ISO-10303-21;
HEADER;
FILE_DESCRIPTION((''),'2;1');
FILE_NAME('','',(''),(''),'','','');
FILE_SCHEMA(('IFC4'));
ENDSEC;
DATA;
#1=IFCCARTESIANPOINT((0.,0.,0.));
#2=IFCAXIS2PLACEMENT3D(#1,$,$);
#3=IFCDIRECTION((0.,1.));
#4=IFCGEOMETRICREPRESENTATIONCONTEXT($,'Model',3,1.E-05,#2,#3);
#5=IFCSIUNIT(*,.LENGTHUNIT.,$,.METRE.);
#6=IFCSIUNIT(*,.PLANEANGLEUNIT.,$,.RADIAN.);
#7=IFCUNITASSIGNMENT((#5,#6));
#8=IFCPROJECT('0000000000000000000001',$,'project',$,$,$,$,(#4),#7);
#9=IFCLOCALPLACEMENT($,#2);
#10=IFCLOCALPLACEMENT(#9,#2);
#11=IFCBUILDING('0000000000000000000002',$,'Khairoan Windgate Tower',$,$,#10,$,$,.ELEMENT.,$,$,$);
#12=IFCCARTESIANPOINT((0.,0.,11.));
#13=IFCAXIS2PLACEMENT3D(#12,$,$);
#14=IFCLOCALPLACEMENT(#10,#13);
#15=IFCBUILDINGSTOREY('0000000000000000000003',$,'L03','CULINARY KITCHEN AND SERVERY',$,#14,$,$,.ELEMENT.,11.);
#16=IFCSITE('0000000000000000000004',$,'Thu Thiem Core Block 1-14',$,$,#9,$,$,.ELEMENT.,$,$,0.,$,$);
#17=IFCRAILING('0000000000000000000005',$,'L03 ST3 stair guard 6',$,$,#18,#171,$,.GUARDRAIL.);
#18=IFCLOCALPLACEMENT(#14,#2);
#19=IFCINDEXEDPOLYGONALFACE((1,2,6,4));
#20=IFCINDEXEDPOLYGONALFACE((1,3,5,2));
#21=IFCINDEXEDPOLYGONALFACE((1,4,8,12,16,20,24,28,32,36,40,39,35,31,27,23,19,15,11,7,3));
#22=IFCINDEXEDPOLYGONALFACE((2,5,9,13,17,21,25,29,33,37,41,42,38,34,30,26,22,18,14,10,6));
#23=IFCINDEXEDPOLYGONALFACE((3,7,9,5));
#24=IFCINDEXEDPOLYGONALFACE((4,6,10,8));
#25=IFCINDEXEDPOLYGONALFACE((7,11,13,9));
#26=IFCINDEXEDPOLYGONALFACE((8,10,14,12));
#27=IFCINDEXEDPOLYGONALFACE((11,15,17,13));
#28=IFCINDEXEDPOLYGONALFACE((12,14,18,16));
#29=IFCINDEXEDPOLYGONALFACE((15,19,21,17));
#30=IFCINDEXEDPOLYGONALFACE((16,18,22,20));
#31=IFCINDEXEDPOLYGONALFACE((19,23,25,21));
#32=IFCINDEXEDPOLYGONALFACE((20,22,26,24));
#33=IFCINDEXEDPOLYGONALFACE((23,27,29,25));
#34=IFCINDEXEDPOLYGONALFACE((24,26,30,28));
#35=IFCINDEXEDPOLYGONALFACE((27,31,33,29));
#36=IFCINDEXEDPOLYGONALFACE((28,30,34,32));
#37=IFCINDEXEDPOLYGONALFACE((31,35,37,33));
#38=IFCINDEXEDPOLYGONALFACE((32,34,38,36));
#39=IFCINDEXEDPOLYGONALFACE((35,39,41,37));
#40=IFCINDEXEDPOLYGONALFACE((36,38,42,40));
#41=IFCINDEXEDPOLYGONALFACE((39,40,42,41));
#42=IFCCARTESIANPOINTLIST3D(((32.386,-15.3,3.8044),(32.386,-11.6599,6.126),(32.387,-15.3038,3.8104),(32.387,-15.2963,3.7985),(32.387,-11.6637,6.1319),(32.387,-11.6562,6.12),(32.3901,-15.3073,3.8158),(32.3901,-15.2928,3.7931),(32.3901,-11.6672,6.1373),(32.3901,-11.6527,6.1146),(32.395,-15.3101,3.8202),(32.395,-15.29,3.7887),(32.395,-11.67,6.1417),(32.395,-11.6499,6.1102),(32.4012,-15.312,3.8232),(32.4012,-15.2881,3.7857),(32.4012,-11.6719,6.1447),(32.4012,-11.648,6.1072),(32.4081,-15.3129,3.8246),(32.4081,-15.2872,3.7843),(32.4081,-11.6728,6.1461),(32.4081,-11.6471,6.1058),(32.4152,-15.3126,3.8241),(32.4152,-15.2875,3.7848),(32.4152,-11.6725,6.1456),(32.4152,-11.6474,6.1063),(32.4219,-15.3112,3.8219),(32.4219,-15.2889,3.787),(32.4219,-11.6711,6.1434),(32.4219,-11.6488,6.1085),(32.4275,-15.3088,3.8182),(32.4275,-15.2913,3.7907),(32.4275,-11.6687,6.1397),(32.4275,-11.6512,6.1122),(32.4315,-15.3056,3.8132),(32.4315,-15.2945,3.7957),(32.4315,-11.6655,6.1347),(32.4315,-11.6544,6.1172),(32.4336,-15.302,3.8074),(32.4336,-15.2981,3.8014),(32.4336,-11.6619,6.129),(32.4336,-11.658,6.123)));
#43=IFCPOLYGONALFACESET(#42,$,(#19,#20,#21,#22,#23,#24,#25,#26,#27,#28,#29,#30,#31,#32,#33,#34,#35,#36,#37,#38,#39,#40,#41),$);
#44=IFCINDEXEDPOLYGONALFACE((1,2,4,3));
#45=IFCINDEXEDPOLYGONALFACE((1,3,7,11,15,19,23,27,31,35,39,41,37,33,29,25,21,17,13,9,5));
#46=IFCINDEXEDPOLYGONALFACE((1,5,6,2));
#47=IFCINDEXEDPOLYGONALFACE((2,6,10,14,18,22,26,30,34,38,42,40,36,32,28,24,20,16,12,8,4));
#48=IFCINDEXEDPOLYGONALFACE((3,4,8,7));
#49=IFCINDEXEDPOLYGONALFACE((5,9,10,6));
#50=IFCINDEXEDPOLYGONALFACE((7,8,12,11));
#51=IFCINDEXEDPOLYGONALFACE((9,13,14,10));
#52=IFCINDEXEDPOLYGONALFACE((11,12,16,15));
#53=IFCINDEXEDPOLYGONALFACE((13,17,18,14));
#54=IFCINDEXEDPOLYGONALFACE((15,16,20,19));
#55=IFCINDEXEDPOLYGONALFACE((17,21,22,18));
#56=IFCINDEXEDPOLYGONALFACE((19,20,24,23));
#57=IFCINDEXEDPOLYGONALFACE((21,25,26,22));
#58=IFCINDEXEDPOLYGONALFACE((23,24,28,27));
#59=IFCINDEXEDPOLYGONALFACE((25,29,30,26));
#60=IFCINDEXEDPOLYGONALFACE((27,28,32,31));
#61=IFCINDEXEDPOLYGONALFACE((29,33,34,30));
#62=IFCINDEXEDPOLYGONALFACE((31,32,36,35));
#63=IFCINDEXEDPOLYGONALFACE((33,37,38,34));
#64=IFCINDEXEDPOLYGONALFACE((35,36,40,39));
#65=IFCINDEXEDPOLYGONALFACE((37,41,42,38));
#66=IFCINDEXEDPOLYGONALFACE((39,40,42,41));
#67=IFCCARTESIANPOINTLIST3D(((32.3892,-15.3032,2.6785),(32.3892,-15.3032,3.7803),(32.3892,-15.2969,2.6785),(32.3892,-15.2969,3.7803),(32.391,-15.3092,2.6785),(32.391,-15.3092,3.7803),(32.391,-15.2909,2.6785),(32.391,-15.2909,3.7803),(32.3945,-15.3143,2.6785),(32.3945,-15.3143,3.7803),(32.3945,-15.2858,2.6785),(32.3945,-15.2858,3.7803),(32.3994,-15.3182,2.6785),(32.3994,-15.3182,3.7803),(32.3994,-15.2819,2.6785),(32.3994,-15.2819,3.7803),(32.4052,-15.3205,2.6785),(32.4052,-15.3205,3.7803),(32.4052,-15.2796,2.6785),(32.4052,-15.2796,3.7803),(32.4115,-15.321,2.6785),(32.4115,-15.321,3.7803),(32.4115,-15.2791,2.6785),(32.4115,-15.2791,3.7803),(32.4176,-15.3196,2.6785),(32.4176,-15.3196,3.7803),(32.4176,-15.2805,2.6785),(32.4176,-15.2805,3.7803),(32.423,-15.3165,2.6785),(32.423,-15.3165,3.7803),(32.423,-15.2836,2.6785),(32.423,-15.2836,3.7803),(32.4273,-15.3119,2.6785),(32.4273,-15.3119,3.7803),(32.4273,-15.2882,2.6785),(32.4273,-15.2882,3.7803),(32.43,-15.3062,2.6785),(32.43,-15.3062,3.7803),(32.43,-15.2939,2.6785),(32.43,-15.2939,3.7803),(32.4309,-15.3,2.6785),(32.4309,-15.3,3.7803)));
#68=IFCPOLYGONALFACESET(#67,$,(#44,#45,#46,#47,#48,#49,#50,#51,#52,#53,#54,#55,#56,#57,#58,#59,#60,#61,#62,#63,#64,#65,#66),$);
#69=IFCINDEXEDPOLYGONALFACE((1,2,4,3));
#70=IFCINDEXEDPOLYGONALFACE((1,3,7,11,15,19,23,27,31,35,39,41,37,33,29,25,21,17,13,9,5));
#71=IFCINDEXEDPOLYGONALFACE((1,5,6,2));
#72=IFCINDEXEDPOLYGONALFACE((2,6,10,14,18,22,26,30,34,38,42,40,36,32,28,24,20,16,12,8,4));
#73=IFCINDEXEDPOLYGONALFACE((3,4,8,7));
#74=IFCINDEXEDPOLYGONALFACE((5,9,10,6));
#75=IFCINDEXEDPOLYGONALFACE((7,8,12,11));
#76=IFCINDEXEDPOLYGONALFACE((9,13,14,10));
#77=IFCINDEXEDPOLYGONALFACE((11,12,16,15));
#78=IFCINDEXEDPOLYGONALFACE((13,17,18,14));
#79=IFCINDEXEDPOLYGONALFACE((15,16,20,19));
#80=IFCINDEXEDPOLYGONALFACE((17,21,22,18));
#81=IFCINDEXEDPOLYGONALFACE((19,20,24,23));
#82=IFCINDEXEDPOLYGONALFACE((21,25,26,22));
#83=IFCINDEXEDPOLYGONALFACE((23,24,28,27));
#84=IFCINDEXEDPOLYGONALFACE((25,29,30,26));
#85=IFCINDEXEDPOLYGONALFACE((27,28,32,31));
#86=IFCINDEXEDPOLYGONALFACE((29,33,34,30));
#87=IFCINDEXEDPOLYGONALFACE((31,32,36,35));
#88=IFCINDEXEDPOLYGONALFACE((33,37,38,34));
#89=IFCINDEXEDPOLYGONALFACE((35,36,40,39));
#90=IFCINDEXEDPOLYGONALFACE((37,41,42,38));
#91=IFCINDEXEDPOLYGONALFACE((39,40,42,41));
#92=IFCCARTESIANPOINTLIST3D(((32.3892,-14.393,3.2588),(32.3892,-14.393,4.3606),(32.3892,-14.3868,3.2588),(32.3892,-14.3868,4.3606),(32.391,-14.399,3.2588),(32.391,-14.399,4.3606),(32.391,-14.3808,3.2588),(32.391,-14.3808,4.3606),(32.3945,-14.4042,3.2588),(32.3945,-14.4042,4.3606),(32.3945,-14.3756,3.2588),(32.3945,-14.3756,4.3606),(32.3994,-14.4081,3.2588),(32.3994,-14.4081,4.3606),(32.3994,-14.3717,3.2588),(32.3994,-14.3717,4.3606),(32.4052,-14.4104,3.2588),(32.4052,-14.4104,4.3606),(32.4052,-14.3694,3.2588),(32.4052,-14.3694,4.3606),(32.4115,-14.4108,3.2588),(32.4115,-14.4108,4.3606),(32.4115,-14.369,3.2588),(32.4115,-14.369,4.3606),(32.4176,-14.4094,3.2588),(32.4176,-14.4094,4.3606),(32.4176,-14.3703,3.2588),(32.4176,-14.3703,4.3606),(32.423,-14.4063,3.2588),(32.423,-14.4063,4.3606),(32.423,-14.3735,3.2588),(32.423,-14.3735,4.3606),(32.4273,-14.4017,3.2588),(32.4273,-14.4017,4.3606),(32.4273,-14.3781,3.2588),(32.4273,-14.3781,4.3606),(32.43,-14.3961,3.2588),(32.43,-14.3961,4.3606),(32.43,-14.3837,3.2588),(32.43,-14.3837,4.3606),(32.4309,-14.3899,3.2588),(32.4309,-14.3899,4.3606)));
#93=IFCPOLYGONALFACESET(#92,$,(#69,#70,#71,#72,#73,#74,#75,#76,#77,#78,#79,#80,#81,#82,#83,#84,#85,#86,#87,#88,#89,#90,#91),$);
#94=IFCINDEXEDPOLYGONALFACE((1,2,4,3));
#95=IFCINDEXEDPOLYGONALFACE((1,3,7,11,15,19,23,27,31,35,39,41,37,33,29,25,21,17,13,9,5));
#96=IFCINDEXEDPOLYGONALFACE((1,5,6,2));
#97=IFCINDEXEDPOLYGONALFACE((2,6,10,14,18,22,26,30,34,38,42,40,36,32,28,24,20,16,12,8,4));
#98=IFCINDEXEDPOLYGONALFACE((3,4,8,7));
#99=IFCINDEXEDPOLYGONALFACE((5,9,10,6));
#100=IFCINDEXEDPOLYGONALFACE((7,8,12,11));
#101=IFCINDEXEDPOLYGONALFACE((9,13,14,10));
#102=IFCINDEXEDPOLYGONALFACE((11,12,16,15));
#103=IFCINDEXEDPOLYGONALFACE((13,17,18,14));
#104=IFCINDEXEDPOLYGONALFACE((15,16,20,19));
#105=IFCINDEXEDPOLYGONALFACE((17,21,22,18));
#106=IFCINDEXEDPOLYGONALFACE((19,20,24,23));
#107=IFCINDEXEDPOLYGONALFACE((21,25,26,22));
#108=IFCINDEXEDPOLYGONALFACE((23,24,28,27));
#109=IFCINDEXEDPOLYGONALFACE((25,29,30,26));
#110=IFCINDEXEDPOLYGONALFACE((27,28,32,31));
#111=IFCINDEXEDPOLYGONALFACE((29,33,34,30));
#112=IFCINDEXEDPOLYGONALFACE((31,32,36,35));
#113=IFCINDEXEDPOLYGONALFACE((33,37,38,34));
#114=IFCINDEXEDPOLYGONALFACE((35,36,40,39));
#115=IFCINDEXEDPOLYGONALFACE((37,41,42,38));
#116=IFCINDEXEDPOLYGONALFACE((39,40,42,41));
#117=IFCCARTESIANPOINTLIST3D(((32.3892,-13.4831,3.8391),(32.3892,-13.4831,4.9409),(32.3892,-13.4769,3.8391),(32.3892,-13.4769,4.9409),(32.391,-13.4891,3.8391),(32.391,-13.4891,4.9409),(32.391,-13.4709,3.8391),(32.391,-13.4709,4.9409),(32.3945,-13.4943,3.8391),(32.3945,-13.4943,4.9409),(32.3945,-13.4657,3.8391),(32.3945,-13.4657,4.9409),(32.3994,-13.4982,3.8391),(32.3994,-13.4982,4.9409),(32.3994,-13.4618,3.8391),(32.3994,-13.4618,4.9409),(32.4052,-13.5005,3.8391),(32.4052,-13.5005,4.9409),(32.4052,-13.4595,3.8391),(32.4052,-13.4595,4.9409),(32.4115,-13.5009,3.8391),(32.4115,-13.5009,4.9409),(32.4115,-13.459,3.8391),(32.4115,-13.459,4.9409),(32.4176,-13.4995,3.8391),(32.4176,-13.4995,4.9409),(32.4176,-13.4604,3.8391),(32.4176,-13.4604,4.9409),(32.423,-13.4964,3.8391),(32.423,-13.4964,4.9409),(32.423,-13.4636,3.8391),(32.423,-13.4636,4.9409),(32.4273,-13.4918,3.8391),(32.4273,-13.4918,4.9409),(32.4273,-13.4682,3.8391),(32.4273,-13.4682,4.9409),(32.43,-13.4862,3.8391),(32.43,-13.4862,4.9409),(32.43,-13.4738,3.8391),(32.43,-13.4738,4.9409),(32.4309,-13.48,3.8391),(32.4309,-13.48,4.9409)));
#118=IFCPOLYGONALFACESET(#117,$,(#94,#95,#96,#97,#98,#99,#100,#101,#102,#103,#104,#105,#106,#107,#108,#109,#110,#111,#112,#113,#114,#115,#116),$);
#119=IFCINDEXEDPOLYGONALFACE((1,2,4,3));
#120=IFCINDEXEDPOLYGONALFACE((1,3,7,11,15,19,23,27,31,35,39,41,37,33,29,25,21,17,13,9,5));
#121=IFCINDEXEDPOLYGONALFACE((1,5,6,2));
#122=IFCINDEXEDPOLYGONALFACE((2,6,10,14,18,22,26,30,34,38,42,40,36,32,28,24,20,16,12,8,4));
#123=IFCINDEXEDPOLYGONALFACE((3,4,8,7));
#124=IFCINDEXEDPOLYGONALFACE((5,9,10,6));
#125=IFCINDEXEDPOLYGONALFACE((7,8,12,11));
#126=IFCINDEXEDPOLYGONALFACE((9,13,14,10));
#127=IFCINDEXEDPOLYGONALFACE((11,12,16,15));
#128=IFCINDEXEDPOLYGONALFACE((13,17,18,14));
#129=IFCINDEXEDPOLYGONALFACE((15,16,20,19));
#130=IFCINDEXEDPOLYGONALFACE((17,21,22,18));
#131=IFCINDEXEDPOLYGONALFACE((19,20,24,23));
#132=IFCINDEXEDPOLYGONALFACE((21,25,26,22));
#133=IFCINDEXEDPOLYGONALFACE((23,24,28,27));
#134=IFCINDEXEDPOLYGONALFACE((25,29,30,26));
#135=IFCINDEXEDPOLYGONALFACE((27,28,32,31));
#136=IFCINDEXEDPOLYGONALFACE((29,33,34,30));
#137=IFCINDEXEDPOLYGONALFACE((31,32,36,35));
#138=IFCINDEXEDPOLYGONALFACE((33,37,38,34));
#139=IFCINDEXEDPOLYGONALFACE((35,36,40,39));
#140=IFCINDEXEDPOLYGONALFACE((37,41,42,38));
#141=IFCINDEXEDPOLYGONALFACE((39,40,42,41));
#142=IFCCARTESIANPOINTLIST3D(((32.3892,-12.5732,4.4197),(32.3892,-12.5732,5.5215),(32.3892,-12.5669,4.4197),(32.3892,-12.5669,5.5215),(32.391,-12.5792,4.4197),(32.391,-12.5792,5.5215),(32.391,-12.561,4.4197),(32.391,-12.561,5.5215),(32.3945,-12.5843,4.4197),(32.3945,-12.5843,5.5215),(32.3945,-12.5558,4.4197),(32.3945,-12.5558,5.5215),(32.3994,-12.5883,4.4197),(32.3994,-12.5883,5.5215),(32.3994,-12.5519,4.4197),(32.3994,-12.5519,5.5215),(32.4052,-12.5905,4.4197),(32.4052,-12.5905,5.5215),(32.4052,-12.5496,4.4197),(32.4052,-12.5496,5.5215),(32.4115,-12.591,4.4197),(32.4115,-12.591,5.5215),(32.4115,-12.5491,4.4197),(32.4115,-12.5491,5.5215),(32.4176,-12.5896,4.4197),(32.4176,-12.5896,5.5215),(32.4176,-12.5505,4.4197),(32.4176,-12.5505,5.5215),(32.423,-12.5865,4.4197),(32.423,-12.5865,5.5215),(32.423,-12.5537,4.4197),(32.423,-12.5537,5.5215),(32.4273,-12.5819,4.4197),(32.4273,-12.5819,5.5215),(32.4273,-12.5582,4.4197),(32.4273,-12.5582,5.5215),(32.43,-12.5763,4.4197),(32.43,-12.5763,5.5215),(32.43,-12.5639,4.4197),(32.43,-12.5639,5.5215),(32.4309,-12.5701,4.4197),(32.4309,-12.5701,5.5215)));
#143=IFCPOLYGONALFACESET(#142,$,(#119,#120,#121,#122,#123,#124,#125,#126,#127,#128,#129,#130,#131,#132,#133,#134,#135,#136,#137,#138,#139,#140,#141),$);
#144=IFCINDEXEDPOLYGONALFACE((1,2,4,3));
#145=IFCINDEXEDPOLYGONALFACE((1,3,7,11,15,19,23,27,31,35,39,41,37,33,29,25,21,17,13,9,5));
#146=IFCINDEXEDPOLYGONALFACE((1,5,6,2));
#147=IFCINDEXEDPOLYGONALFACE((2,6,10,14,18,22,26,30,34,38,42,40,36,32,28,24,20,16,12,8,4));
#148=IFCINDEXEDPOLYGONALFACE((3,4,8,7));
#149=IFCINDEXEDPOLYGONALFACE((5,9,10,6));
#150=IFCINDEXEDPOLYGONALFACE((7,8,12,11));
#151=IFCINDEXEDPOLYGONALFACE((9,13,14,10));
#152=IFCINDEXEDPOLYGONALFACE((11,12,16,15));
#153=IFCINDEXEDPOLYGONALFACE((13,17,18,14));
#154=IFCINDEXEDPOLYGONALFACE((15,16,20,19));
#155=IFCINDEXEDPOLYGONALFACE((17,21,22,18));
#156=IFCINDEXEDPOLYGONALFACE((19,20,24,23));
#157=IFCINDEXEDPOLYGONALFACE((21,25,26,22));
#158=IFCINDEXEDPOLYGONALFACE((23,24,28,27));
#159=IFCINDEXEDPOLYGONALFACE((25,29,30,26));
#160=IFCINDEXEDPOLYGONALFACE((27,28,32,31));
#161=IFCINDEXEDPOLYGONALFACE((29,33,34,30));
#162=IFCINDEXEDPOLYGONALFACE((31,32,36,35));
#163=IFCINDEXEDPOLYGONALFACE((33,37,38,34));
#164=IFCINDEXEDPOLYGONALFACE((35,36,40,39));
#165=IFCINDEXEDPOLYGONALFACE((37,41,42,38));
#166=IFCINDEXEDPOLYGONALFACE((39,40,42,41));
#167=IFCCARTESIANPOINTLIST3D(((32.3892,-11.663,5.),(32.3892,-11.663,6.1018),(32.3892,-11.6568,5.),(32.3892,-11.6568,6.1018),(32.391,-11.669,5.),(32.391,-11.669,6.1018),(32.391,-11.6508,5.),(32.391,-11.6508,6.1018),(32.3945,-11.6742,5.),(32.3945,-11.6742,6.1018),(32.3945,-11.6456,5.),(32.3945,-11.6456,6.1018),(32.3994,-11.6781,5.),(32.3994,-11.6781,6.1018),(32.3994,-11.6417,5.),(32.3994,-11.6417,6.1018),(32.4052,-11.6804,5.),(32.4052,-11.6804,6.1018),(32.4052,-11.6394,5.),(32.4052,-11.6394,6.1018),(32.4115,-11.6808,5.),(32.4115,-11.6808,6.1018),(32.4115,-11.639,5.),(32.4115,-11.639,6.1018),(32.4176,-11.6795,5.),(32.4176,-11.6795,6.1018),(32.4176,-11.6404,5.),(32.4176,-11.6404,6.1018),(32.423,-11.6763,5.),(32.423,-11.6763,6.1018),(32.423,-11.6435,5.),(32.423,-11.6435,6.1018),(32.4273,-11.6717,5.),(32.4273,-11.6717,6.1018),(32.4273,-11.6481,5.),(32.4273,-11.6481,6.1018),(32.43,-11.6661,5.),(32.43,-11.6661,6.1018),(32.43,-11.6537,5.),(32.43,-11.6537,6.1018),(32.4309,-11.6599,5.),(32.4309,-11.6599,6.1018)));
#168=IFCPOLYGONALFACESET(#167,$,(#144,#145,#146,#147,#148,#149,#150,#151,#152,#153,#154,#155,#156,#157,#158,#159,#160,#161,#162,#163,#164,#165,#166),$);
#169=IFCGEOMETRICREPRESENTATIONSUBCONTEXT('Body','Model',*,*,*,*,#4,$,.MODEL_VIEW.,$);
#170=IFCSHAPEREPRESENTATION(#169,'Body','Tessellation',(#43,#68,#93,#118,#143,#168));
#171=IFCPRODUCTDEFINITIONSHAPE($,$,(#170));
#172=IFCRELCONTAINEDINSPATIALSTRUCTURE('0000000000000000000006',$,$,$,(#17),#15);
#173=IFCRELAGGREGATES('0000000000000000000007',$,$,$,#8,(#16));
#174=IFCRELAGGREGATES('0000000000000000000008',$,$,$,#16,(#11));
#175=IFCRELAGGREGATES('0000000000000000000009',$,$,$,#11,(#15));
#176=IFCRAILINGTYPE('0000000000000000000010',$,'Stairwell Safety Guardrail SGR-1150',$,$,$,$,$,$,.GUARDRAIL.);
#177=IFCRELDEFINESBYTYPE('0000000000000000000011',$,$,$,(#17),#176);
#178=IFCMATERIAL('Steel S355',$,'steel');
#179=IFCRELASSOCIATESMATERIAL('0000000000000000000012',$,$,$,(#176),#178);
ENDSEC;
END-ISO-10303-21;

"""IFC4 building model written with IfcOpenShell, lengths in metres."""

from ifc_helpers import new_model, si_unit, direction, frame, origin, origin_2d, place, context, subcontext, project, spatial, circle, extrude, material, type_object, element, save


model = new_model("IFC4")

# Units and contexts
model_context = context("Model", 3, precision=1e-05, world=origin(), true_north=direction((0.0, 1.0)))
body_context = subcontext(model_context, "Body", "Model", "MODEL_VIEW")
ifc_project = project(units=[si_unit("LENGTHUNIT", "METRE"), si_unit("PLANEANGLEUNIT", "RADIAN")], contexts=[model_context])

# Site, building, storey
site_placement = place(None, origin())
site = spatial("IfcSite", under=ifc_project, at=site_placement, Name="Thu Thiem Core Block 1-14", CompositionType="ELEMENT", RefElevation=0.0)
building_placement = place(site_placement, origin())
building = spatial("IfcBuilding", under=site, at=building_placement, Name="Khairoan Windgate Tower", CompositionType="ELEMENT")
storey_placement = place(building_placement, frame((0.0, 0.0, 11.0)))
storey = spatial("IfcBuildingStorey", under=building, at=storey_placement, Name="L03", Description="CULINARY KITCHEN AND SERVERY", CompositionType="ELEMENT", Elevation=11.0)

# Railing
ifc_material_1 = material(Name="Steel S355", Category="steel")
railing_type_1 = type_object("IfcRailingType", Name="Stairwell Safety Guardrail SGR-1150", PredefinedType="GUARDRAIL", material=ifc_material_1)
railing_1_placement = place(storey_placement, frame((32.4099, -15.3, 2.6785)))
element("IfcRailing", 1, at=railing_1_placement, inside=storey, type_object=railing_type_1, Name="L03 ST3 stair guard 6", PredefinedType="GUARDRAIL", context=body_context, shape_type="SweptSolid", body=[
    extrude(circle(Radius=0.0239, at=origin_2d()), frame((0.0, 0.0, 1.126), z_axis=(0.0, 0.843128, 0.537713), x_axis=(-1.0, 0.0, 0.0)), (0.0, 0.0, 1.0), 4.3174),
    extrude(circle(Radius=0.021, at=origin_2d()), origin(), (0.0, 0.0, 1.0), 1.1018),
    extrude(circle(Radius=0.021, at=origin_2d()), frame((0.0, 0.9102, 0.5803)), (0.0, 0.0, 1.0), 1.1018),
    extrude(circle(Radius=0.021, at=origin_2d()), frame((0.0, 1.8201, 1.1606)), (0.0, 0.0, 1.0), 1.1018),
    extrude(circle(Radius=0.021, at=origin_2d()), frame((0.0, 2.73, 1.7412)), (0.0, 0.0, 1.0), 1.1018),
    extrude(circle(Radius=0.021, at=origin_2d()), frame((0.0, 3.6401, 2.3215)), (0.0, 0.0, 1.0), 1.1018),
])

save(model, "model.ifc")
